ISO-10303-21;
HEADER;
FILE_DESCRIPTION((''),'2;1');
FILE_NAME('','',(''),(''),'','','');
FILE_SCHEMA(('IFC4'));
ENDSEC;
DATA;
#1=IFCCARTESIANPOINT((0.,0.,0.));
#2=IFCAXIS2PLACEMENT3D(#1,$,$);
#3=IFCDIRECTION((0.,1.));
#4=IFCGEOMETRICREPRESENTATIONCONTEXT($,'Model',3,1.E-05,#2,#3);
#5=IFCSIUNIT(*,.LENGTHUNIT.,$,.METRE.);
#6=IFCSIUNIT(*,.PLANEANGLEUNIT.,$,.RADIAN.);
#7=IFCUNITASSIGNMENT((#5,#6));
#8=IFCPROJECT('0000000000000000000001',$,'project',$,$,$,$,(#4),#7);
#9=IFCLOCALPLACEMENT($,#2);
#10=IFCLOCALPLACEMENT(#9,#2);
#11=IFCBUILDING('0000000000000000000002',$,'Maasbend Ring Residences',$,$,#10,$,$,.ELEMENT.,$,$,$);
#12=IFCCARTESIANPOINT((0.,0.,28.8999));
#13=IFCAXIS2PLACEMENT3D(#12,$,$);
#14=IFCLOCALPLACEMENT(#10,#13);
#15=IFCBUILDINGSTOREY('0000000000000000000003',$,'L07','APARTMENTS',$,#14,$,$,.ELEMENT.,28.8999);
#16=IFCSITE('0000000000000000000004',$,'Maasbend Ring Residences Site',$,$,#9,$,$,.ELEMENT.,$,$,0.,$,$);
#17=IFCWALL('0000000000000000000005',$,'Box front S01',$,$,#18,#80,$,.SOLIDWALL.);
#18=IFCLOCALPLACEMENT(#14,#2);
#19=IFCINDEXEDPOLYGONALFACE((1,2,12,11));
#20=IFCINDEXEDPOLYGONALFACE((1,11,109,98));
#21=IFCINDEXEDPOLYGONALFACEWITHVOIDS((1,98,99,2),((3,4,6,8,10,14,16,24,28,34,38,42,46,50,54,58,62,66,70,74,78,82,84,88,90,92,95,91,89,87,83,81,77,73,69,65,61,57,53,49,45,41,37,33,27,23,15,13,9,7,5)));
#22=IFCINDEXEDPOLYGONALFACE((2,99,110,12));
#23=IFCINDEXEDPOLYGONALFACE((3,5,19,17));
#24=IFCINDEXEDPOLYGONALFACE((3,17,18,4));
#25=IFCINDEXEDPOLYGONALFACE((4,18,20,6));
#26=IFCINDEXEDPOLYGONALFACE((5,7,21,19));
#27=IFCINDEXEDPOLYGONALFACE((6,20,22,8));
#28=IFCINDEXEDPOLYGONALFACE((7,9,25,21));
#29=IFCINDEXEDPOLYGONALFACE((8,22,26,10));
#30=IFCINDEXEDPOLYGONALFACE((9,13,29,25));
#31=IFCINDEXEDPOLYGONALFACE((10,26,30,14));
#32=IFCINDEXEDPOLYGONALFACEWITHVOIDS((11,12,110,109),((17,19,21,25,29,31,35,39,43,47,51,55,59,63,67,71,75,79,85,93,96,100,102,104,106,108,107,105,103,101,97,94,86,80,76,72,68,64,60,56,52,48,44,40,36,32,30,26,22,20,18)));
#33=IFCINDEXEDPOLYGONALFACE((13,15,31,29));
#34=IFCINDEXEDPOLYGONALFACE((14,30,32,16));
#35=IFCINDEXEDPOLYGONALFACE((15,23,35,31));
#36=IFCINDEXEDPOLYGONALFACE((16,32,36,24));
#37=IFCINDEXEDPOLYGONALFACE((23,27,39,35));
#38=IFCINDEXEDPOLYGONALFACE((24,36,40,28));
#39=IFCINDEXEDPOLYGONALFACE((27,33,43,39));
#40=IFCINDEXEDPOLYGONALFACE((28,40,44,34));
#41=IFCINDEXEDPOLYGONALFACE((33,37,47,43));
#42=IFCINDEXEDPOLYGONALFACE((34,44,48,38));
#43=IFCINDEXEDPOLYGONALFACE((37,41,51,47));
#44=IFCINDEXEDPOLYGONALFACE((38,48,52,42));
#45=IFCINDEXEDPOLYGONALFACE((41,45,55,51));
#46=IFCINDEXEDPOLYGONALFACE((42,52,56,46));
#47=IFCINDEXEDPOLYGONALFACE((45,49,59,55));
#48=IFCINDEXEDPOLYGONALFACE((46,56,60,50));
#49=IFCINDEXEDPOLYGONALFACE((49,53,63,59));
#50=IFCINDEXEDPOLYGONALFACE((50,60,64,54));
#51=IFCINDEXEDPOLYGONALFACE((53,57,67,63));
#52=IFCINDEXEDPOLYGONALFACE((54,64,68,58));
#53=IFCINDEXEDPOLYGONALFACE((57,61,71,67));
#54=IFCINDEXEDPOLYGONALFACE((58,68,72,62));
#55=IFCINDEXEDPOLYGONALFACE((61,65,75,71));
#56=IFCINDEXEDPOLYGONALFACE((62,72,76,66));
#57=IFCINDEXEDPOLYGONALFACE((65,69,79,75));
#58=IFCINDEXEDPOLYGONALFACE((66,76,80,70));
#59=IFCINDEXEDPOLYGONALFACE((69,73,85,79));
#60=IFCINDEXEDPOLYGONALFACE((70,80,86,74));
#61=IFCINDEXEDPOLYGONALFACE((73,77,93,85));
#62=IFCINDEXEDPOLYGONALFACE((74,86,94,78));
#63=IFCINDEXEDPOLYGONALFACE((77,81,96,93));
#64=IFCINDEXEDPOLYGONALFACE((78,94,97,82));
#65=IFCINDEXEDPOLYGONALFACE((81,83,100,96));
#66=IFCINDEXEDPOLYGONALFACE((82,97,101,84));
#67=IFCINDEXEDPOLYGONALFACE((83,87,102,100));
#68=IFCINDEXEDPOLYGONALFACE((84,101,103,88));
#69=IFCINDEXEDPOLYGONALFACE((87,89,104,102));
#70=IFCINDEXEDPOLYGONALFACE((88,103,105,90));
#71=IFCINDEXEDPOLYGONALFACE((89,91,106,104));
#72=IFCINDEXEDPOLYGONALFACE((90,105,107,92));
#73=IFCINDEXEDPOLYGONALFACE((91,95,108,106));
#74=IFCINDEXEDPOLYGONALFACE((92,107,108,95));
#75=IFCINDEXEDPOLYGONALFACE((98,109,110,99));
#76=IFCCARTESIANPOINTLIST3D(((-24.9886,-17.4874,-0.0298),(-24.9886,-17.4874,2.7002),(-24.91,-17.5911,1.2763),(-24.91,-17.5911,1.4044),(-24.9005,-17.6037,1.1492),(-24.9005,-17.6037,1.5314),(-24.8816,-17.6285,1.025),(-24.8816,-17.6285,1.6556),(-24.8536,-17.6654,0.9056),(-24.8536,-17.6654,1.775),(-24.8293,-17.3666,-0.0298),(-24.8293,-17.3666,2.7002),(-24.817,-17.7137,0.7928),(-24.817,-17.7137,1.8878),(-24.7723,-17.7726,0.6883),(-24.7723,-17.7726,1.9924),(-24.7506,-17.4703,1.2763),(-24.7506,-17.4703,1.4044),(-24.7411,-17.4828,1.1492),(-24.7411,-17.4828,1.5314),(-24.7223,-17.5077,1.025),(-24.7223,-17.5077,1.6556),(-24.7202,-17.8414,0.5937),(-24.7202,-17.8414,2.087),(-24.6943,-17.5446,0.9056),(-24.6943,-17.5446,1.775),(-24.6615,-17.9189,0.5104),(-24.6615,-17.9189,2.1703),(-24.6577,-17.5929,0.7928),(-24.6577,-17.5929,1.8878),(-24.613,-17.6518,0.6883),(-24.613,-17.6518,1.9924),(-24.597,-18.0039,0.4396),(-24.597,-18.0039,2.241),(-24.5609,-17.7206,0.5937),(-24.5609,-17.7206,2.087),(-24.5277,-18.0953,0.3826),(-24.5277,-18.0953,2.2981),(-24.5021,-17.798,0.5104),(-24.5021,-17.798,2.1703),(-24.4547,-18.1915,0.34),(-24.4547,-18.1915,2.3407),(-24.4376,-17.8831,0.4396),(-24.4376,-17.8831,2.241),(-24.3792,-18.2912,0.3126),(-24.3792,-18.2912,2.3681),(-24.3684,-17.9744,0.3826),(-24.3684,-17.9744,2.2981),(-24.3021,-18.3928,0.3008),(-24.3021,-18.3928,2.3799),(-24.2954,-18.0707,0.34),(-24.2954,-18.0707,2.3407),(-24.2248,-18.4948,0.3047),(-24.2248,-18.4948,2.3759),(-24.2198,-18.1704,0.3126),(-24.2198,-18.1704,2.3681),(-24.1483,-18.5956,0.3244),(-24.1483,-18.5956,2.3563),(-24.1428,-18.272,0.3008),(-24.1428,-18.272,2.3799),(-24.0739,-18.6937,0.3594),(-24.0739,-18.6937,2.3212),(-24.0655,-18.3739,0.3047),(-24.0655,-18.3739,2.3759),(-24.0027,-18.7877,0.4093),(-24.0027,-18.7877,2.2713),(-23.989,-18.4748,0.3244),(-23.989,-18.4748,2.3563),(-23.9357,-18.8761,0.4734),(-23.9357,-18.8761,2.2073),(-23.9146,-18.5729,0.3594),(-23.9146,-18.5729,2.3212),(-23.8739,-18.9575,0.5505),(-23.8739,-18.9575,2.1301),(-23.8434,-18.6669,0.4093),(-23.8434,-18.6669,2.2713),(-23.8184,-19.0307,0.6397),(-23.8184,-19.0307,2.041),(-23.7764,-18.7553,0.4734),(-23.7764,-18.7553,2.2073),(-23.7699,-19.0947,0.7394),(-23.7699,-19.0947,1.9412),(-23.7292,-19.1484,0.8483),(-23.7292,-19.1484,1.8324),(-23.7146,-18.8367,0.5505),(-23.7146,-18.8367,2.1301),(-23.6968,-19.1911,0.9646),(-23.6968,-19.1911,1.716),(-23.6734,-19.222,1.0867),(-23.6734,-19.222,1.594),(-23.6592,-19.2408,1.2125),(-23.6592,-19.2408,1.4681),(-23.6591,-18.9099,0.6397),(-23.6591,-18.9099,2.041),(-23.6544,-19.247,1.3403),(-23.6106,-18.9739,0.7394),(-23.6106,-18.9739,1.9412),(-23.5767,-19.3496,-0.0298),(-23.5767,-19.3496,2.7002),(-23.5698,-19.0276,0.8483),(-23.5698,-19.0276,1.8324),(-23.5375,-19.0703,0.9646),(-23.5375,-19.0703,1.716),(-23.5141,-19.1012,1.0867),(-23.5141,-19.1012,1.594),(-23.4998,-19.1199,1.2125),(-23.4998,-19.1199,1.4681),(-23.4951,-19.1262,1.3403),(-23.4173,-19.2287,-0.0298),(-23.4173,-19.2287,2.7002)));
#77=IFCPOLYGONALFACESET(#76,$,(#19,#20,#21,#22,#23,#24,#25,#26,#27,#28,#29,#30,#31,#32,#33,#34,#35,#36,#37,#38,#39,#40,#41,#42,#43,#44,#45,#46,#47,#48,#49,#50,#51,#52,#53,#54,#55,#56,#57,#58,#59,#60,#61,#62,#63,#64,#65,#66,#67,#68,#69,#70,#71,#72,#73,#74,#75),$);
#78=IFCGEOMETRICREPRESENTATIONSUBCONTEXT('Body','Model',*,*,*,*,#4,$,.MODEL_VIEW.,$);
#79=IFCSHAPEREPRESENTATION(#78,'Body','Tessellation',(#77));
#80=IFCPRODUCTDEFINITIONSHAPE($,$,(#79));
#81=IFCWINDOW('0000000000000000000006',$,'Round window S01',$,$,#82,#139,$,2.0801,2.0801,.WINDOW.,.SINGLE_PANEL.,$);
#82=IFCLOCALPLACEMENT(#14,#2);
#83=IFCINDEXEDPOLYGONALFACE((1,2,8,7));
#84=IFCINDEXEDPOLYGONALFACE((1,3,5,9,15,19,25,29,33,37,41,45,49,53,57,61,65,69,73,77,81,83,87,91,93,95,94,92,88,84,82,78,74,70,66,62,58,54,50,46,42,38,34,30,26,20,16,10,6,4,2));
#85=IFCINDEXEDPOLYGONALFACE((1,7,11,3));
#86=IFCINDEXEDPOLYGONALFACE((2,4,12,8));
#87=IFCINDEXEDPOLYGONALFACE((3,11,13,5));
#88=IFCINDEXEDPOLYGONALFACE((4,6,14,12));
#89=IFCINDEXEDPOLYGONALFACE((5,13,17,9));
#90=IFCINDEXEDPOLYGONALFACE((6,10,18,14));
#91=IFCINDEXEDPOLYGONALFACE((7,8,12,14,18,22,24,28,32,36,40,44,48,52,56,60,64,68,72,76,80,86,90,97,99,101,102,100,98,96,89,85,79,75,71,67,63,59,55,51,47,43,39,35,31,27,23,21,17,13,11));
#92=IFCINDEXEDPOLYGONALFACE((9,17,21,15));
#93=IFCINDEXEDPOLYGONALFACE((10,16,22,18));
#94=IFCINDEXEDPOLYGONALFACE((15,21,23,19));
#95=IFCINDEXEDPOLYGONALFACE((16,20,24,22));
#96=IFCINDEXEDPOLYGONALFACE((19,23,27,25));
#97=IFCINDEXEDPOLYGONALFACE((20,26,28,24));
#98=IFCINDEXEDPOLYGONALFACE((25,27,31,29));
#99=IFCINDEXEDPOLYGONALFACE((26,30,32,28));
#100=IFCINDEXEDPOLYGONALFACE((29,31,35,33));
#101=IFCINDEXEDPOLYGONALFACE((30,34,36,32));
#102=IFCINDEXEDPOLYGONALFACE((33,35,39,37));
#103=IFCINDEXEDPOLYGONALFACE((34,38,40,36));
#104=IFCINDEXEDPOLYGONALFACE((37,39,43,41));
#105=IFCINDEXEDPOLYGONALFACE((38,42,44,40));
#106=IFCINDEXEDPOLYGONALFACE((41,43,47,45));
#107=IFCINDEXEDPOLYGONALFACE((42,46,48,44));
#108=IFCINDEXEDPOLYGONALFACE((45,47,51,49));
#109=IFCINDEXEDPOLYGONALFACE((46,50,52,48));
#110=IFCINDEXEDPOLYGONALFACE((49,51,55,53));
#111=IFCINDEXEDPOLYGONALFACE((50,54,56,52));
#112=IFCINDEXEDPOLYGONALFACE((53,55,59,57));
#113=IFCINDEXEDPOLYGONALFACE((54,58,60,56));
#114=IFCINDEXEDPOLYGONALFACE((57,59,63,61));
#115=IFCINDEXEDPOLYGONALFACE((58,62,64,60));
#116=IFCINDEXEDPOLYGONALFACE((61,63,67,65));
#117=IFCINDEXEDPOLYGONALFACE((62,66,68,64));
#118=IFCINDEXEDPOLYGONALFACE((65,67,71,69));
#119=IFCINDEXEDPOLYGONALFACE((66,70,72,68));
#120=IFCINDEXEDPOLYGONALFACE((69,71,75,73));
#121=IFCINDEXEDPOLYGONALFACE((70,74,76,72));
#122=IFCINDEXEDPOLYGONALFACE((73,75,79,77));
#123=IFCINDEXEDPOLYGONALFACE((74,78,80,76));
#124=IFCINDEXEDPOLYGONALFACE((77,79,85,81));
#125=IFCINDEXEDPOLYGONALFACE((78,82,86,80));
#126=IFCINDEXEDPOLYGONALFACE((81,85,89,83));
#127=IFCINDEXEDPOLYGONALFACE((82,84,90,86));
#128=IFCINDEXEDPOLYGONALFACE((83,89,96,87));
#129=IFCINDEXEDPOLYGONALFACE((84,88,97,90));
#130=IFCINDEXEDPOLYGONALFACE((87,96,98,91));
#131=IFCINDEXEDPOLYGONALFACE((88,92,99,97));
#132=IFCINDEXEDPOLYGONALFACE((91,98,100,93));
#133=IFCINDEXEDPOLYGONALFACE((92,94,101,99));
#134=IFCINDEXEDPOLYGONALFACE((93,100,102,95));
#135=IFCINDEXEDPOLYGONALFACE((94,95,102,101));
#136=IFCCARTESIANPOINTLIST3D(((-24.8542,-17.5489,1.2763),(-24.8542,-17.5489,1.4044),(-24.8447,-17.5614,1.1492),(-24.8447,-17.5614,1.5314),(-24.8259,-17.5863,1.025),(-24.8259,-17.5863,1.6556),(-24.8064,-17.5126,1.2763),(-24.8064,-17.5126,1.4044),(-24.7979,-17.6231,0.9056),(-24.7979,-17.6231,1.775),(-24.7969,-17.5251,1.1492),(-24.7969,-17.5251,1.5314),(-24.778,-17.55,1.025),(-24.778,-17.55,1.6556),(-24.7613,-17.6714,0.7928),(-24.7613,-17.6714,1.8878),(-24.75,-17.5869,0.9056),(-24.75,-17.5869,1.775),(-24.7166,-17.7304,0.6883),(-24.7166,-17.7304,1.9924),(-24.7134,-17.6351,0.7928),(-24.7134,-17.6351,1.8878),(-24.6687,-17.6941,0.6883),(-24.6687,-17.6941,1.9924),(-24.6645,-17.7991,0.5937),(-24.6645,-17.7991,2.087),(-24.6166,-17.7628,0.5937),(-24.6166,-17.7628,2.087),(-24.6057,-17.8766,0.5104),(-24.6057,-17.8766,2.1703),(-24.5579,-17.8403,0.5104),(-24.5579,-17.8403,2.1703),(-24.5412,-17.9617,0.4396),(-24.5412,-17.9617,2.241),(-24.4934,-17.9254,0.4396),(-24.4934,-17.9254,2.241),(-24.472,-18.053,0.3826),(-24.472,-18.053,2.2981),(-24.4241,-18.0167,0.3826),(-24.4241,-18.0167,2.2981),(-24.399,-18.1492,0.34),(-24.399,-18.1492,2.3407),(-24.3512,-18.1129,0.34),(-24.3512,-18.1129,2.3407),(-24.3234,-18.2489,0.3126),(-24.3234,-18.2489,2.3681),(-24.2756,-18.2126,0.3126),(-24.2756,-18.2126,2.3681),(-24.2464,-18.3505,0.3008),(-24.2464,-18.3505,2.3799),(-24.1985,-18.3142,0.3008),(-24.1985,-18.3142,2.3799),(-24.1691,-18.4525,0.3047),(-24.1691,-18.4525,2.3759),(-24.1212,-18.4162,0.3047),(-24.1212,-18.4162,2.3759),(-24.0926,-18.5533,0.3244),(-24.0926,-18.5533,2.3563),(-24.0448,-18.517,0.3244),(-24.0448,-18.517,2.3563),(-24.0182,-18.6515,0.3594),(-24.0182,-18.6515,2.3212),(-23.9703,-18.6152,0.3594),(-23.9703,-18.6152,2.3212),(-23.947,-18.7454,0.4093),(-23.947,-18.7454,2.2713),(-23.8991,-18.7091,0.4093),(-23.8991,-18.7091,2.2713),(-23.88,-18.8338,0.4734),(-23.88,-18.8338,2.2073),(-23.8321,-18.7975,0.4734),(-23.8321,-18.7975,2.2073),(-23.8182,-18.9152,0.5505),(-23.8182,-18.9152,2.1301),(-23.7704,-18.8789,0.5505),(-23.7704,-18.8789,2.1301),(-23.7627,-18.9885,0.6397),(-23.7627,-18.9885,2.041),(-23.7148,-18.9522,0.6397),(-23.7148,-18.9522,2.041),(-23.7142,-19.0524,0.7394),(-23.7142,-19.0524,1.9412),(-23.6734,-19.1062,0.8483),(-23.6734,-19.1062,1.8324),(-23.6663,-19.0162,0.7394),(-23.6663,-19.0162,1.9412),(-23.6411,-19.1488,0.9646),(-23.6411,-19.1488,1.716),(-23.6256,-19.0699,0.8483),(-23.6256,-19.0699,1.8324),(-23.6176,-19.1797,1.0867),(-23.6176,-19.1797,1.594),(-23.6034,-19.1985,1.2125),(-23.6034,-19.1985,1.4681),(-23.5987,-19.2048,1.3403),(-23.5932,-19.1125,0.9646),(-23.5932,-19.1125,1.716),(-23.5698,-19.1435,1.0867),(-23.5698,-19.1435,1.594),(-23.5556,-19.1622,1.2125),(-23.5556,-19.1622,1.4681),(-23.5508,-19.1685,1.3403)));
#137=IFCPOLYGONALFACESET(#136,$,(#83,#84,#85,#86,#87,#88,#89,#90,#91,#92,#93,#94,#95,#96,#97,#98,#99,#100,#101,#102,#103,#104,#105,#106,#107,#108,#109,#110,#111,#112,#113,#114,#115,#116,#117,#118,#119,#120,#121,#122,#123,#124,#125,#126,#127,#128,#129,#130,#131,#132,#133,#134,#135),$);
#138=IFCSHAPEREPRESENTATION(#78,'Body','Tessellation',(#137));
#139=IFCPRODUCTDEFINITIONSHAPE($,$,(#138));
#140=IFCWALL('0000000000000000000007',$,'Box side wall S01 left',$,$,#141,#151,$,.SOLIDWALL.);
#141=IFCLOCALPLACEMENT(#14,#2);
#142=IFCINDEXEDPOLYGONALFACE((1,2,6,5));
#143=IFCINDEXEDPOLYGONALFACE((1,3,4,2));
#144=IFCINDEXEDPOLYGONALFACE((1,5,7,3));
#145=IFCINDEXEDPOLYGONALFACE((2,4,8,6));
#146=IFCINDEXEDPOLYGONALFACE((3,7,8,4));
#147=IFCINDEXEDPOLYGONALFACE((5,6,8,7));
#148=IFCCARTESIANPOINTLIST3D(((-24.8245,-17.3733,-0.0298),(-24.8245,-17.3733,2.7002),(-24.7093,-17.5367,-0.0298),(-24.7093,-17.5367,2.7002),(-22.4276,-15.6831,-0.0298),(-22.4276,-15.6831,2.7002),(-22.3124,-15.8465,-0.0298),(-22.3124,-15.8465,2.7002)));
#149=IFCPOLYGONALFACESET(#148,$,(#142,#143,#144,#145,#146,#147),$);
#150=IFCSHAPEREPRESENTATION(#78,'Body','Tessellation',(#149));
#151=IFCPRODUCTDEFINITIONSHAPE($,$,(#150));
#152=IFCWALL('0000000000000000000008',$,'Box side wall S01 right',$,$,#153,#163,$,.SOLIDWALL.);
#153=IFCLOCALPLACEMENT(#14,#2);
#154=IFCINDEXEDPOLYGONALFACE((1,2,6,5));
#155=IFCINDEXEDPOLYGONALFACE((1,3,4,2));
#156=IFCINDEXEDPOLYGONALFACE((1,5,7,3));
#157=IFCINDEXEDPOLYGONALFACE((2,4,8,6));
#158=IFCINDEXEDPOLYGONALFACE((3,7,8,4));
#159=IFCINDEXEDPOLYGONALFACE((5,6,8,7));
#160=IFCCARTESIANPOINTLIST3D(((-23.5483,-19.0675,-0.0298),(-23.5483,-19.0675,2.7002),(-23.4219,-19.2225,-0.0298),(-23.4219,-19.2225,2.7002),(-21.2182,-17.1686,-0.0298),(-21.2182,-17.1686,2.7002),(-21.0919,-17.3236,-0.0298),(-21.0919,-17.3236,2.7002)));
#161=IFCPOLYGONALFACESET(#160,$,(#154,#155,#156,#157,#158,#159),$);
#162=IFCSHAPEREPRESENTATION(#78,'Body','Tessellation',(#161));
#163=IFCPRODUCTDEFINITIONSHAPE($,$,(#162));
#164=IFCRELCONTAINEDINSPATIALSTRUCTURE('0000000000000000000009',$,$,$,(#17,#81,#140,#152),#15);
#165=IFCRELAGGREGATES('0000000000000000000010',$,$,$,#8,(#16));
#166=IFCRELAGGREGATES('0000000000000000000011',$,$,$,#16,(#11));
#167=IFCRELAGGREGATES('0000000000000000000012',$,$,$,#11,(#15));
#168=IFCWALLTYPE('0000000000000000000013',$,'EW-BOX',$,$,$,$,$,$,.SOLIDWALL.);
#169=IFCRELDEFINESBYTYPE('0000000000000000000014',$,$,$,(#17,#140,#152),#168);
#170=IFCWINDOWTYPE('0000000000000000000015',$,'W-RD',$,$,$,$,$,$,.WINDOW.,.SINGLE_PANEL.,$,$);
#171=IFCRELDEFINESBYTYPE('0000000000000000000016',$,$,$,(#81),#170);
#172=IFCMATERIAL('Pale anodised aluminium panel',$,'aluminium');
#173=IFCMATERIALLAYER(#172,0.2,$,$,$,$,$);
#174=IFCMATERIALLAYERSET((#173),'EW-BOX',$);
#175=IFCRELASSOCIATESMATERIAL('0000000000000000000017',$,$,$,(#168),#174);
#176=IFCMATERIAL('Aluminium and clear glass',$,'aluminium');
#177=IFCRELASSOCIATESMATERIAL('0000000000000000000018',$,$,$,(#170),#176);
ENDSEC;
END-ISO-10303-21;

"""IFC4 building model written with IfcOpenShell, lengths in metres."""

from ifc_helpers import new_model, si_unit, direction, frame, frame_2d, origin, place, context, subcontext, project, spatial, rectangle, circle, extrude, material, layer, layer_set, type_object, element, fill, save


model = new_model("IFC4")

# Units and contexts
model_context = context("Model", 3, precision=1e-05, world=origin(), true_north=direction((0.0, 1.0)))
body_context = subcontext(model_context, "Body", "Model", "MODEL_VIEW")
ifc_project = project(units=[si_unit("LENGTHUNIT", "METRE"), si_unit("PLANEANGLEUNIT", "RADIAN")], contexts=[model_context])

# Site, building, storey
site_placement = place(None, origin())
site = spatial("IfcSite", under=ifc_project, at=site_placement, Name="Maasbend Ring Residences Site", CompositionType="ELEMENT", RefElevation=0.0)
building_placement = place(site_placement, origin())
building = spatial("IfcBuilding", under=site, at=building_placement, Name="Maasbend Ring Residences", CompositionType="ELEMENT")
storey_placement = place(building_placement, frame((0.0, 0.0, 28.8999)))
storey = spatial("IfcBuildingStorey", under=building, at=storey_placement, Name="L07", Description="APARTMENTS", CompositionType="ELEMENT", Elevation=28.8999)

# Wall, opening, window
ifc_material_1 = material(Name="Pale anodised aluminium panel", Category="aluminium")
ifc_layer_1 = layer(ifc_material_1, 0.2)
ifc_layer_set_1 = layer_set([ifc_layer_1], Name="EW-BOX")
wall_type_1 = type_object("IfcWallType", Name="EW-BOX", PredefinedType="SOLIDWALL", material=ifc_layer_set_1)
wall_1_placement = place(storey_placement, frame((-24.9089, -17.427, -0.0298), z_axis=(0.0, 0.0, 1.0), x_axis=(0.604188, -0.796842, 0.0)))
wall_1 = element("IfcWall", 1, at=wall_1_placement, inside=storey, type_object=wall_type_1, Name="Box front S01", PredefinedType="SOLIDWALL", context=body_context, shape_type="SweptSolid", body=[
    extrude(rectangle(XDim=2.3369, YDim=0.2, at=frame_2d((1.1685, 0.0))), origin(), (0.0, 0.0, 1.0), 2.73),
])
opening_1_placement = place(wall_1_placement, frame((0.1282, 0.0, 0.3301)))
opening_1 = element("IfcOpeningElement", 2, at=opening_1_placement, cuts=wall_1, PredefinedType="OPENING", context=body_context, shape_type="SweptSolid", body=[
    extrude(circle(Radius=1.04, at=frame_2d((1.04, 1.04))), frame((0.0, 0.1099, 0.0), z_axis=(0.0, -1.0, 0.0), x_axis=(1.0, 0.0, 0.0)), (0.0, 0.0, 1.0), 0.22),
])
ifc_material_2 = material(Name="Aluminium and clear glass", Category="aluminium")
window_type_1 = type_object("IfcWindowType", Name="W-RD", PartitioningType="SINGLE_PANEL", PredefinedType="WINDOW", material=ifc_material_2)
window_1_placement = place(opening_1_placement, origin())
window_1 = element("IfcWindow", 3, at=window_1_placement, inside=storey, type_object=window_type_1, Name="Round window S01", OverallHeight=2.0801, OverallWidth=2.0801, PartitioningType="SINGLE_PANEL", PredefinedType="WINDOW", context=body_context, shape_type="SweptSolid", body=[
    extrude(circle(Radius=1.04, at=frame_2d((1.04, 1.04))), frame((0.0, 0.03, 0.0), z_axis=(0.0, -1.0, 0.0), x_axis=(1.0, 0.0, 0.0)), (0.0, 0.0, 1.0), 0.0601),
])
fill(opening_1, window_1)

# Walls
wall_2_placement = place(storey_placement, frame((-22.3701, -15.7649, -0.0298), z_axis=(0.0, 0.0, 1.0), x_axis=(-0.817256, -0.576275, 0.0)))
element("IfcWall", 4, at=wall_2_placement, inside=storey, type_object=wall_type_1, Name="Box side wall S01 left", PredefinedType="SOLIDWALL", context=body_context, shape_type="SweptSolid", body=[
    extrude(rectangle(XDim=2.9329, YDim=0.2, at=frame_2d((1.4663, 0.0))), origin(), (0.0, 0.0, 1.0), 2.73),
])
wall_3_placement = place(storey_placement, frame((-21.155, -17.2461, -0.0298), z_axis=(0.0, 0.0, 1.0), x_axis=(-0.775179, -0.631742, 0.0)))
element("IfcWall", 5, at=wall_3_placement, inside=storey, type_object=wall_type_1, Name="Box side wall S01 right", PredefinedType="SOLIDWALL", context=body_context, shape_type="SweptSolid", body=[
    extrude(rectangle(XDim=3.0059, YDim=0.2, at=frame_2d((1.5029, 0.0))), origin(), (0.0, 0.0, 1.0), 2.73),
])

save(model, "model.ifc")
